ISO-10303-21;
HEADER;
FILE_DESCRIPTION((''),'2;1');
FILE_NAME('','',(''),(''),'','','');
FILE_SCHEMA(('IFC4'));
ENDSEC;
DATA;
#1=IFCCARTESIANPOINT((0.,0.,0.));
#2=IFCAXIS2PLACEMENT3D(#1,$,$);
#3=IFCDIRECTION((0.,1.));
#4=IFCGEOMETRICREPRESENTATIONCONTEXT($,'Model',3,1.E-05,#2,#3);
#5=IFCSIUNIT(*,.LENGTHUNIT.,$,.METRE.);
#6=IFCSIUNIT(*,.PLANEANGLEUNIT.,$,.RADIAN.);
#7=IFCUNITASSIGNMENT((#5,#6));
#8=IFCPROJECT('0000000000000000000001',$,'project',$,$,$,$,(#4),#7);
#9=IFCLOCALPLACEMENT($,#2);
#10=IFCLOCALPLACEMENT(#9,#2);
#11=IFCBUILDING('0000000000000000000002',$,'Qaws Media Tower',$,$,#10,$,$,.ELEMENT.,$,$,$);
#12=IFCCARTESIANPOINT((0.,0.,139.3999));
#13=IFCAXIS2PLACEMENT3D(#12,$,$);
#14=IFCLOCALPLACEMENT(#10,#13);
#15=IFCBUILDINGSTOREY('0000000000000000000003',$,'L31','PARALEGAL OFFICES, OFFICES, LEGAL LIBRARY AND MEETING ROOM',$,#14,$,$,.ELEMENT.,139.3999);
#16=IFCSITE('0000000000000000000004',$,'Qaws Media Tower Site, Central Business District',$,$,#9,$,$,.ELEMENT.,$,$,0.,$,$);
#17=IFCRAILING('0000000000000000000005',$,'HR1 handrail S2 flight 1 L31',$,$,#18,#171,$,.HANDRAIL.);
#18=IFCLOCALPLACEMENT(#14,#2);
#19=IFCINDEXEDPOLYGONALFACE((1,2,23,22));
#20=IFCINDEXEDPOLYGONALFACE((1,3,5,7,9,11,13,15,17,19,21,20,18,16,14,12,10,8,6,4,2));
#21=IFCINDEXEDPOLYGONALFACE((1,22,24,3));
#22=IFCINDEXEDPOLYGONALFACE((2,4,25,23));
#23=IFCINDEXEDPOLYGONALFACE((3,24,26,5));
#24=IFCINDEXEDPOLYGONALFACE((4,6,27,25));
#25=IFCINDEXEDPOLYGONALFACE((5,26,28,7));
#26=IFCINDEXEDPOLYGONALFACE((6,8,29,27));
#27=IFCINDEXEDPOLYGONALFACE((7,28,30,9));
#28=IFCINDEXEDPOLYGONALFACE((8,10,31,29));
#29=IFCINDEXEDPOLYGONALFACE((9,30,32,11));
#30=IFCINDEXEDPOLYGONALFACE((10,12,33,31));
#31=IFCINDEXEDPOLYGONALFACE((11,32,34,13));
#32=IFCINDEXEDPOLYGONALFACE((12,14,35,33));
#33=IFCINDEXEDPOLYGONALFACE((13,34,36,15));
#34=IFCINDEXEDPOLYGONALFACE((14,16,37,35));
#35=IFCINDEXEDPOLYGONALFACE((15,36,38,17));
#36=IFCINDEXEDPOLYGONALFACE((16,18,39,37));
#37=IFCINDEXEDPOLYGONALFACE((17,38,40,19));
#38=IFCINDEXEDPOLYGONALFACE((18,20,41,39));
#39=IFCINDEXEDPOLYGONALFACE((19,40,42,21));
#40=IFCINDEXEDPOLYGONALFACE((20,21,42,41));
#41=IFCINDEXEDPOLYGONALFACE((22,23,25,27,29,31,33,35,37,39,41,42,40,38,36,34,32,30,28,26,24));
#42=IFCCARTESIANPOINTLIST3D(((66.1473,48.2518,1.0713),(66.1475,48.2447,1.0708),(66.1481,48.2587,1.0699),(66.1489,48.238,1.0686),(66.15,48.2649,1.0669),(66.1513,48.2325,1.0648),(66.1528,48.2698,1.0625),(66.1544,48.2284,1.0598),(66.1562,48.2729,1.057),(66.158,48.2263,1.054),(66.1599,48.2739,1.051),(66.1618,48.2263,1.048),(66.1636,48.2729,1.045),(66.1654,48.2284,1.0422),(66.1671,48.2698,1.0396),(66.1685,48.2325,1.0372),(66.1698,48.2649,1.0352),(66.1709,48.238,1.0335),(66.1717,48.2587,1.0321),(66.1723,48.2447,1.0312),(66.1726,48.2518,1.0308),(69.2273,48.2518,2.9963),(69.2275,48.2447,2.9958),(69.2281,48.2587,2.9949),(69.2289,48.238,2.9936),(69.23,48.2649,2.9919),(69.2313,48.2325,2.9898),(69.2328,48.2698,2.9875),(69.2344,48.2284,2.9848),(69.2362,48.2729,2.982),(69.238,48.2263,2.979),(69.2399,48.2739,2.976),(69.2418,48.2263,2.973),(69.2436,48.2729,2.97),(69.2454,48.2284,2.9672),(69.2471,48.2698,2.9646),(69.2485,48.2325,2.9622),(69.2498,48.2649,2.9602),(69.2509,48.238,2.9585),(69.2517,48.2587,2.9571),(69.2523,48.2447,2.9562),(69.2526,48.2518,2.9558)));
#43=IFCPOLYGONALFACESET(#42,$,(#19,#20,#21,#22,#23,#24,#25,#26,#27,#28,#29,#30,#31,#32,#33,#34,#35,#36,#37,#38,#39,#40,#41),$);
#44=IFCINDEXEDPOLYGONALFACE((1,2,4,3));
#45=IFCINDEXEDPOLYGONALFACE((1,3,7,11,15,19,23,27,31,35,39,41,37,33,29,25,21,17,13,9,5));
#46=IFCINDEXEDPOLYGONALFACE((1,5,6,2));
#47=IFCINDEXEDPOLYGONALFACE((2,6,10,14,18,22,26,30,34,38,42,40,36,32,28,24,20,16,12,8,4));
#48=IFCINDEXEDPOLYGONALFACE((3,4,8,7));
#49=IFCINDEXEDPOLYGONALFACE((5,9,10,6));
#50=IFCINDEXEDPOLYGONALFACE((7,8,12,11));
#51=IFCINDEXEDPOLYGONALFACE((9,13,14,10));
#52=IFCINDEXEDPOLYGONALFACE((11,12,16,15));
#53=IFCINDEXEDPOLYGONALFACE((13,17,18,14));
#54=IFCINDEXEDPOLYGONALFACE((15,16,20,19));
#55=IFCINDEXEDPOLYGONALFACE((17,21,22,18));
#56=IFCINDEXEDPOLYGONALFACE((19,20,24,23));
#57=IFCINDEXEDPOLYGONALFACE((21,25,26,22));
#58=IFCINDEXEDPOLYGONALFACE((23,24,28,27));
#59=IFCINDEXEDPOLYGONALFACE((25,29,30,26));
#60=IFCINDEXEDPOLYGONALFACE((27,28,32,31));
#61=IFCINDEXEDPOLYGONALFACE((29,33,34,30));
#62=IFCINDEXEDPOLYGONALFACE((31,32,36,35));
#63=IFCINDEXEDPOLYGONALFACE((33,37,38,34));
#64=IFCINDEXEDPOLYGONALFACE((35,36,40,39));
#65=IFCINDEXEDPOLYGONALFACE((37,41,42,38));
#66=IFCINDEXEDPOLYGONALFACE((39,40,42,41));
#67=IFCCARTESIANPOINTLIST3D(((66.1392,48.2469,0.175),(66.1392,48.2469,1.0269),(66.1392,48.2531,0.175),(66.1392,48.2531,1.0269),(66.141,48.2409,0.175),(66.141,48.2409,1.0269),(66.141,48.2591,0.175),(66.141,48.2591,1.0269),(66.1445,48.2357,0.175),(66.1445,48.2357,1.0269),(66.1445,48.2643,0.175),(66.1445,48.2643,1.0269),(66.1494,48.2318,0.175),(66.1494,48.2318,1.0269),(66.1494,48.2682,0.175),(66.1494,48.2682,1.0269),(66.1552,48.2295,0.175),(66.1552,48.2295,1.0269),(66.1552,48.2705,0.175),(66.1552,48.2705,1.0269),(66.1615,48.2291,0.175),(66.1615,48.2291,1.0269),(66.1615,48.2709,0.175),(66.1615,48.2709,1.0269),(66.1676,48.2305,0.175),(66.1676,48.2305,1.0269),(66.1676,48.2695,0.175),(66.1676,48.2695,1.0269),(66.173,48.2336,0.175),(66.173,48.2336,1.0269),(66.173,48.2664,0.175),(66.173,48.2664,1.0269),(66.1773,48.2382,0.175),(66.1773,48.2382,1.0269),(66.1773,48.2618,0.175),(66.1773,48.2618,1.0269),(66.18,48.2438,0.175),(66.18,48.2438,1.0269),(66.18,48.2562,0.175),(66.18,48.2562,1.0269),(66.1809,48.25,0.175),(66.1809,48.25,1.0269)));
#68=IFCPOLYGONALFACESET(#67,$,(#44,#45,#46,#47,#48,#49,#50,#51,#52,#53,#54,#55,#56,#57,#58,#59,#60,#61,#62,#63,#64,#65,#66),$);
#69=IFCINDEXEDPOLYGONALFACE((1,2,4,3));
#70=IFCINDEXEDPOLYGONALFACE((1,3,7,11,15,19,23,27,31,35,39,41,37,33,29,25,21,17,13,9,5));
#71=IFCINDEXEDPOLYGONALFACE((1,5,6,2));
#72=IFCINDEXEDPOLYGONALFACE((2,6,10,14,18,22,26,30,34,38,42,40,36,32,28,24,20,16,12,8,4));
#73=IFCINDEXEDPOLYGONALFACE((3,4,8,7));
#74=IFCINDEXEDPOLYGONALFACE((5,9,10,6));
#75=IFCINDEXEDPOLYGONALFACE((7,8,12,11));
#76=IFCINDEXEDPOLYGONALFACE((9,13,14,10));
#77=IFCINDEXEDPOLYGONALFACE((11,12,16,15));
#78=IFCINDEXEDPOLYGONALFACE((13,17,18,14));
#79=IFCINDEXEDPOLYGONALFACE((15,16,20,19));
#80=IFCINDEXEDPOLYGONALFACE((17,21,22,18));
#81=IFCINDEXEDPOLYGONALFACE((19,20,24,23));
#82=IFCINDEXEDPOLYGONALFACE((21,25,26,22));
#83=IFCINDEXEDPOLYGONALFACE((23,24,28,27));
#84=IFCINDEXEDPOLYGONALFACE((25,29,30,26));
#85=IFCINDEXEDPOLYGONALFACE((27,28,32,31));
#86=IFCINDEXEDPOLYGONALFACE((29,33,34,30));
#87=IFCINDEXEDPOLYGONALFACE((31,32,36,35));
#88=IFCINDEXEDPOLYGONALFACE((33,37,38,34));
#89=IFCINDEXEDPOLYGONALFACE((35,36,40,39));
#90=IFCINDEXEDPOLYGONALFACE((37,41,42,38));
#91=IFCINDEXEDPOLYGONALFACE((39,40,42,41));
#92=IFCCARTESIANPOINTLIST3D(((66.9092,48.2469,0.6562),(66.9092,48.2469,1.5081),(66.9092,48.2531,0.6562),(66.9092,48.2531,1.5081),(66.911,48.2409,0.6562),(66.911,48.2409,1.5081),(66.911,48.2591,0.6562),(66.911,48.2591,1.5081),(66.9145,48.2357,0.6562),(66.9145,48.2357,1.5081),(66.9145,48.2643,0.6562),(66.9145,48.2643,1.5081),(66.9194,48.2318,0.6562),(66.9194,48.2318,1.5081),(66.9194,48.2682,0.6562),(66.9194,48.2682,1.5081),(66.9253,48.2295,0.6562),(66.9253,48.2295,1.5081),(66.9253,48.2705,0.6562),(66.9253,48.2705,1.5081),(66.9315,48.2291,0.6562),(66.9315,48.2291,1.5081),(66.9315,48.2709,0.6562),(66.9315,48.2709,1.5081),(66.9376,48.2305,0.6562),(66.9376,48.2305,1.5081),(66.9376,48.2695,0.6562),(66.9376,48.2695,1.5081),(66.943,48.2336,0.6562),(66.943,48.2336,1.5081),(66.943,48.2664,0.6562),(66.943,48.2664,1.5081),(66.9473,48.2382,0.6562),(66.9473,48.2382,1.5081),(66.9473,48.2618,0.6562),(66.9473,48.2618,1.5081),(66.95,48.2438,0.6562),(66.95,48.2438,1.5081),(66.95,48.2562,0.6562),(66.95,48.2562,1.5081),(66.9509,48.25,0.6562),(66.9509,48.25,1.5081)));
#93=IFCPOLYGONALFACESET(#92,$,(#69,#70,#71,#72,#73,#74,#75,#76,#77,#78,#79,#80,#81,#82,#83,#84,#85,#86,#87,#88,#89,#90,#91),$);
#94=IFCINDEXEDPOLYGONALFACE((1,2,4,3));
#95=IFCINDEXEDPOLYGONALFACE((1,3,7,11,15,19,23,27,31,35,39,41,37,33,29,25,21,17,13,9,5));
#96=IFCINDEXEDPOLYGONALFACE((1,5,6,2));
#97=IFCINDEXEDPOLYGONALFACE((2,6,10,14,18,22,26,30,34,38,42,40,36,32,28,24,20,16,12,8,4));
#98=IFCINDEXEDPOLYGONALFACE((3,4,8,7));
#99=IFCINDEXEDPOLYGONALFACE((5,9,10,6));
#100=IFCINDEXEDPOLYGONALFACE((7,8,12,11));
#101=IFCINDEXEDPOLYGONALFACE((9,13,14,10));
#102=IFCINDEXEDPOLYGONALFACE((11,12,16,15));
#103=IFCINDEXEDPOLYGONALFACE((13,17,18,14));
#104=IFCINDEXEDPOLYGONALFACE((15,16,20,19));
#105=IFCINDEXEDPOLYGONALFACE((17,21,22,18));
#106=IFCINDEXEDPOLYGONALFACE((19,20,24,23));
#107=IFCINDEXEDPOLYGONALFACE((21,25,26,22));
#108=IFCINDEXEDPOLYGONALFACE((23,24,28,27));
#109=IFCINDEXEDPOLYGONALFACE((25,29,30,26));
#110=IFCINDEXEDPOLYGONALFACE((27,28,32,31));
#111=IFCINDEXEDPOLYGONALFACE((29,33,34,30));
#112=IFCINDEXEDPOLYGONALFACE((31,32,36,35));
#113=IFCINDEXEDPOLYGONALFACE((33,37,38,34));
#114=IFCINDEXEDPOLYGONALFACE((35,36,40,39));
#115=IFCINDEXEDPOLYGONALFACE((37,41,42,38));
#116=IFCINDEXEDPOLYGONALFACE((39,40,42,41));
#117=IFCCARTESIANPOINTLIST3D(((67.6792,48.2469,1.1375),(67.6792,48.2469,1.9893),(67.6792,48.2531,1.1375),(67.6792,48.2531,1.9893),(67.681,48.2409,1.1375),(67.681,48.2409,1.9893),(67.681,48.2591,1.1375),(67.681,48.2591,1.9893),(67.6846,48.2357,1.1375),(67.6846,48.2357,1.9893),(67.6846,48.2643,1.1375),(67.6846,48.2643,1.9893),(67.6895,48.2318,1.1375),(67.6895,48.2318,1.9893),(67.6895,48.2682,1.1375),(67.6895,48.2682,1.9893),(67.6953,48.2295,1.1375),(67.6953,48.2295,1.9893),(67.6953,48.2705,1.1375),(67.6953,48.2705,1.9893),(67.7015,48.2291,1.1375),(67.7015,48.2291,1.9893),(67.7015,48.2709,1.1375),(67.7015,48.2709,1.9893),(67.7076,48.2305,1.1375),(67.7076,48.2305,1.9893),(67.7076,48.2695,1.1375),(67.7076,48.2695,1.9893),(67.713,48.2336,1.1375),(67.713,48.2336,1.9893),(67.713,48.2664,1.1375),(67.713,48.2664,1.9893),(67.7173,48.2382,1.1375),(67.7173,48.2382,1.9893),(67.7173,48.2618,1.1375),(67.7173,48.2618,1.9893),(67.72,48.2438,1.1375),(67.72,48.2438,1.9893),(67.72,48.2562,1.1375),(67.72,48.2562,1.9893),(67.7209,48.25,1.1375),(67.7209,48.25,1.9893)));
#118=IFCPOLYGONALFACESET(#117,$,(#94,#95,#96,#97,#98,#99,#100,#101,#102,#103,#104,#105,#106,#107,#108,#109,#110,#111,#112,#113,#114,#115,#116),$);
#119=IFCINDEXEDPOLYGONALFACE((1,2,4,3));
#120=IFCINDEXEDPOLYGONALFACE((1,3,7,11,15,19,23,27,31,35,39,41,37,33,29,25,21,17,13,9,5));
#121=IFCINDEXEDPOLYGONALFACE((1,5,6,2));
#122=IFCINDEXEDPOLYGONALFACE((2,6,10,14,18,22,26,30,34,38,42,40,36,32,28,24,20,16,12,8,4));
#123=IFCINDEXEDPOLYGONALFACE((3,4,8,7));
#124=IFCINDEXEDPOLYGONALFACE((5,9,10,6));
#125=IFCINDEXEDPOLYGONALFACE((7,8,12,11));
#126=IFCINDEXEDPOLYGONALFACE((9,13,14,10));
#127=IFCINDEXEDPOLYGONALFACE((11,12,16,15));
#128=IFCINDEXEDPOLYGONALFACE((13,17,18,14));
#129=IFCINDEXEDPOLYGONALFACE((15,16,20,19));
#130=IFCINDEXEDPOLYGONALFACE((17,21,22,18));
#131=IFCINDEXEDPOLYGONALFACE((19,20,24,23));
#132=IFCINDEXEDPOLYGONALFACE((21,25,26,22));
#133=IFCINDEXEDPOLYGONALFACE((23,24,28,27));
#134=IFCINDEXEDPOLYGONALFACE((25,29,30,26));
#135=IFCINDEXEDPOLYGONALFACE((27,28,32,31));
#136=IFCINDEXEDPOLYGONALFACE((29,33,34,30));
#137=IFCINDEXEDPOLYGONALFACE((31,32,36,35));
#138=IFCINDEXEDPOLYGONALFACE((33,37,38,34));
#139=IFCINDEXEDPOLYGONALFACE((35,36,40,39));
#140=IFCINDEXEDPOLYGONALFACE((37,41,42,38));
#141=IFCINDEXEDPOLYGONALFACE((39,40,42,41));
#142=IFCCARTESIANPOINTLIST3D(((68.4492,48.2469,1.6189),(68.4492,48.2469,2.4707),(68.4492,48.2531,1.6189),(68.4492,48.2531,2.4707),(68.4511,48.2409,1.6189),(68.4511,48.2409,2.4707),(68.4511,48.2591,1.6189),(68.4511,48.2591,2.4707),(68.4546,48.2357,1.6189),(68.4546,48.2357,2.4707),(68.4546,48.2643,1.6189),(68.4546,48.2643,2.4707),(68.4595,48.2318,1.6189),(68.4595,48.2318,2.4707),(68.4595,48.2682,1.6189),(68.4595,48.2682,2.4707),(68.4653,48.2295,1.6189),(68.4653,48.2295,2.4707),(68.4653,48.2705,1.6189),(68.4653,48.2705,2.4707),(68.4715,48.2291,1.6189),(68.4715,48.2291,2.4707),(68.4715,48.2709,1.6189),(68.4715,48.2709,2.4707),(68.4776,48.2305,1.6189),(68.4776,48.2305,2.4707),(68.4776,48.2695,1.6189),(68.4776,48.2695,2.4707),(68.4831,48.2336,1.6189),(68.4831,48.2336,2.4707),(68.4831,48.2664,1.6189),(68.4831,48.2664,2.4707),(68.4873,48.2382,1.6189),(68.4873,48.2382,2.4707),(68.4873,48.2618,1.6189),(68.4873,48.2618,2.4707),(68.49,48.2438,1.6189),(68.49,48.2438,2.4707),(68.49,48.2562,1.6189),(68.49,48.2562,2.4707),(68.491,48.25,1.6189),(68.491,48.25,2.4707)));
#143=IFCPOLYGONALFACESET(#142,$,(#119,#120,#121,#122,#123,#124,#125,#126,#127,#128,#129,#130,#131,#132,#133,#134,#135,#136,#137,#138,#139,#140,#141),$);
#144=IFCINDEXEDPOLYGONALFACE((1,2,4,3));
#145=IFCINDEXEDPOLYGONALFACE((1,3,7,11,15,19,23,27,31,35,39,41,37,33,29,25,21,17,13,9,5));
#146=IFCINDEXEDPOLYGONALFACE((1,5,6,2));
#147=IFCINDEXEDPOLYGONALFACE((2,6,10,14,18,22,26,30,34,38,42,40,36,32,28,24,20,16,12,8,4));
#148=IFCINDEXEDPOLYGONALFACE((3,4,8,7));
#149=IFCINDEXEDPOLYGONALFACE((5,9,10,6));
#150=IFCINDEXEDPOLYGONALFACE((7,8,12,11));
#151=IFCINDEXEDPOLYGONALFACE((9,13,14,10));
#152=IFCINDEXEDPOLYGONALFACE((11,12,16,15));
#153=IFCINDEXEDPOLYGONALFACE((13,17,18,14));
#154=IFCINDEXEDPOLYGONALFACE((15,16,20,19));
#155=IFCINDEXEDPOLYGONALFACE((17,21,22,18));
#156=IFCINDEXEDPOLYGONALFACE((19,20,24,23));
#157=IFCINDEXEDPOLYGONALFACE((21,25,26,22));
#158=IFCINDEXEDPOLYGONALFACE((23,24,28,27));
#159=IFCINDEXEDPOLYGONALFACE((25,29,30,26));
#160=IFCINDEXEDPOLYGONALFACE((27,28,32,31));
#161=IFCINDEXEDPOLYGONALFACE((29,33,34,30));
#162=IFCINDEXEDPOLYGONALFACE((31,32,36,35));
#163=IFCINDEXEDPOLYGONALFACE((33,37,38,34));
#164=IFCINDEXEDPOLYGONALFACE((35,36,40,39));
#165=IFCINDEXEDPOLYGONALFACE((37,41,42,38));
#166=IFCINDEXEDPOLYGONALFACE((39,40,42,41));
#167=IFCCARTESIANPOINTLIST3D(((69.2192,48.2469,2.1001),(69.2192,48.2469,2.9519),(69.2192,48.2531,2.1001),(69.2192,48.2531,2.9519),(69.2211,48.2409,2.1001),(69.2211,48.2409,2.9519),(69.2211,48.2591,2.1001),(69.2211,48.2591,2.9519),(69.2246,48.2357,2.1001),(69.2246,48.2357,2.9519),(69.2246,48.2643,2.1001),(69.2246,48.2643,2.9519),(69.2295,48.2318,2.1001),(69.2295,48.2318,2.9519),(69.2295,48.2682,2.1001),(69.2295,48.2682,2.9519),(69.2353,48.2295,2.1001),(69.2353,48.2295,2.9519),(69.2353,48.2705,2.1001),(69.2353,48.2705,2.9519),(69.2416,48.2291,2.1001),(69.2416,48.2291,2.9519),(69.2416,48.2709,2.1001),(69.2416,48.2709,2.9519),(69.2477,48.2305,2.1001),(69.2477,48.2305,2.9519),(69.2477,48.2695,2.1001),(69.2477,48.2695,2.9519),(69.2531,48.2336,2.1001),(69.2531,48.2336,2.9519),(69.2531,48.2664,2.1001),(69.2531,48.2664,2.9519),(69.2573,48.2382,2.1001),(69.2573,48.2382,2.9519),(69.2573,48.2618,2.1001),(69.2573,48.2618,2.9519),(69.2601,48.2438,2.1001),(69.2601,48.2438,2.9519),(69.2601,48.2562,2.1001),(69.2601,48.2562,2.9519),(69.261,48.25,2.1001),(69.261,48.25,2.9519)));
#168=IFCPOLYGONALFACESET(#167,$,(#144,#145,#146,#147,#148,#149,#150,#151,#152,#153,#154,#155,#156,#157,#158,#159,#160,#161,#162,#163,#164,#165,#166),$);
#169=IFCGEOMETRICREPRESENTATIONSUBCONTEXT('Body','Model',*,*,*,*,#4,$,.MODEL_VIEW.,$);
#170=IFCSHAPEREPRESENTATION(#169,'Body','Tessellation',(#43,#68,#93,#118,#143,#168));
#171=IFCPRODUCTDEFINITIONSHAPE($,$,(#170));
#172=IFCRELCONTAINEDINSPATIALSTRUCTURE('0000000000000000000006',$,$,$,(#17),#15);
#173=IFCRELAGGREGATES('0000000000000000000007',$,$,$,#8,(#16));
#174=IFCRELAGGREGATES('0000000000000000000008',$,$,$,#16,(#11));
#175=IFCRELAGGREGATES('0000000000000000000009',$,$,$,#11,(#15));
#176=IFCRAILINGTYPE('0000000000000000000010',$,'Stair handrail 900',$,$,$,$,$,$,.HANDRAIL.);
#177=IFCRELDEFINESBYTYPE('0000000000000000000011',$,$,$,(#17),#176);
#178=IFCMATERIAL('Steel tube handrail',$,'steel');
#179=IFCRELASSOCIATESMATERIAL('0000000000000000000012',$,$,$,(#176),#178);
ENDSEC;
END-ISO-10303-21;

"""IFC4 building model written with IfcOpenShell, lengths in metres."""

from ifc_helpers import new_model, si_unit, direction, frame, origin, origin_2d, place, context, subcontext, project, spatial, circle, extrude, material, type_object, element, save


model = new_model("IFC4")

# Units and contexts
model_context = context("Model", 3, precision=1e-05, world=origin(), true_north=direction((0.0, 1.0)))
body_context = subcontext(model_context, "Body", "Model", "MODEL_VIEW")
ifc_project = project(units=[si_unit("LENGTHUNIT", "METRE"), si_unit("PLANEANGLEUNIT", "RADIAN")], contexts=[model_context])

# Site, building, storey
site_placement = place(None, origin())
site = spatial("IfcSite", under=ifc_project, at=site_placement, Name="Qaws Media Tower Site, Central Business District", CompositionType="ELEMENT", RefElevation=0.0)
building_placement = place(site_placement, origin())
building = spatial("IfcBuilding", under=site, at=building_placement, Name="Qaws Media Tower", CompositionType="ELEMENT")
storey_placement = place(building_placement, frame((0.0, 0.0, 139.3999)))
storey = spatial("IfcBuildingStorey", under=building, at=storey_placement, Name="L31", Description="PARALEGAL OFFICES, OFFICES, LEGAL LIBRARY AND MEETING ROOM", CompositionType="ELEMENT", Elevation=139.3999)

# Railing
ifc_material_1 = material(Name="Steel tube handrail", Category="steel")
railing_type = type_object("IfcRailingType", Name="Stair handrail 900", PredefinedType="HANDRAIL", material=ifc_material_1)
for number, where, name in (
    (1, (66.1599, 48.25, 0.175), "HR1 handrail S2 flight 1 L31"),
):
    element("IfcRailing", number, at=place(storey_placement, frame(where)), inside=storey, type_object=railing_type, Name=name, PredefinedType="HANDRAIL", context=body_context, shape_type="SweptSolid", body=[
        extrude(circle(Radius=0.0239, at=origin_2d()), frame((0.0, 0.0, 0.876), z_axis=(0.847998, 0.0, 0.529999), x_axis=(0.0, 1.0, 0.0)), (0.0, 0.0, 1.0), 3.6321),
        extrude(circle(Radius=0.021, at=origin_2d()), origin(), (0.0, 0.0, 1.0), 0.8518),
        extrude(circle(Radius=0.021, at=origin_2d()), frame((0.77, 0.0, 0.4812)), (0.0, 0.0, 1.0), 0.8518),
        extrude(circle(Radius=0.021, at=origin_2d()), frame((1.54, 0.0, 0.9624)), (0.0, 0.0, 1.0), 0.8518),
        extrude(circle(Radius=0.021, at=origin_2d()), frame((2.3101, 0.0, 1.4438)), (0.0, 0.0, 1.0), 0.8518),
        extrude(circle(Radius=0.021, at=origin_2d()), frame((3.0801, 0.0, 1.925)), (0.0, 0.0, 1.0), 0.8518),
    ])

save(model, "model.ifc")
